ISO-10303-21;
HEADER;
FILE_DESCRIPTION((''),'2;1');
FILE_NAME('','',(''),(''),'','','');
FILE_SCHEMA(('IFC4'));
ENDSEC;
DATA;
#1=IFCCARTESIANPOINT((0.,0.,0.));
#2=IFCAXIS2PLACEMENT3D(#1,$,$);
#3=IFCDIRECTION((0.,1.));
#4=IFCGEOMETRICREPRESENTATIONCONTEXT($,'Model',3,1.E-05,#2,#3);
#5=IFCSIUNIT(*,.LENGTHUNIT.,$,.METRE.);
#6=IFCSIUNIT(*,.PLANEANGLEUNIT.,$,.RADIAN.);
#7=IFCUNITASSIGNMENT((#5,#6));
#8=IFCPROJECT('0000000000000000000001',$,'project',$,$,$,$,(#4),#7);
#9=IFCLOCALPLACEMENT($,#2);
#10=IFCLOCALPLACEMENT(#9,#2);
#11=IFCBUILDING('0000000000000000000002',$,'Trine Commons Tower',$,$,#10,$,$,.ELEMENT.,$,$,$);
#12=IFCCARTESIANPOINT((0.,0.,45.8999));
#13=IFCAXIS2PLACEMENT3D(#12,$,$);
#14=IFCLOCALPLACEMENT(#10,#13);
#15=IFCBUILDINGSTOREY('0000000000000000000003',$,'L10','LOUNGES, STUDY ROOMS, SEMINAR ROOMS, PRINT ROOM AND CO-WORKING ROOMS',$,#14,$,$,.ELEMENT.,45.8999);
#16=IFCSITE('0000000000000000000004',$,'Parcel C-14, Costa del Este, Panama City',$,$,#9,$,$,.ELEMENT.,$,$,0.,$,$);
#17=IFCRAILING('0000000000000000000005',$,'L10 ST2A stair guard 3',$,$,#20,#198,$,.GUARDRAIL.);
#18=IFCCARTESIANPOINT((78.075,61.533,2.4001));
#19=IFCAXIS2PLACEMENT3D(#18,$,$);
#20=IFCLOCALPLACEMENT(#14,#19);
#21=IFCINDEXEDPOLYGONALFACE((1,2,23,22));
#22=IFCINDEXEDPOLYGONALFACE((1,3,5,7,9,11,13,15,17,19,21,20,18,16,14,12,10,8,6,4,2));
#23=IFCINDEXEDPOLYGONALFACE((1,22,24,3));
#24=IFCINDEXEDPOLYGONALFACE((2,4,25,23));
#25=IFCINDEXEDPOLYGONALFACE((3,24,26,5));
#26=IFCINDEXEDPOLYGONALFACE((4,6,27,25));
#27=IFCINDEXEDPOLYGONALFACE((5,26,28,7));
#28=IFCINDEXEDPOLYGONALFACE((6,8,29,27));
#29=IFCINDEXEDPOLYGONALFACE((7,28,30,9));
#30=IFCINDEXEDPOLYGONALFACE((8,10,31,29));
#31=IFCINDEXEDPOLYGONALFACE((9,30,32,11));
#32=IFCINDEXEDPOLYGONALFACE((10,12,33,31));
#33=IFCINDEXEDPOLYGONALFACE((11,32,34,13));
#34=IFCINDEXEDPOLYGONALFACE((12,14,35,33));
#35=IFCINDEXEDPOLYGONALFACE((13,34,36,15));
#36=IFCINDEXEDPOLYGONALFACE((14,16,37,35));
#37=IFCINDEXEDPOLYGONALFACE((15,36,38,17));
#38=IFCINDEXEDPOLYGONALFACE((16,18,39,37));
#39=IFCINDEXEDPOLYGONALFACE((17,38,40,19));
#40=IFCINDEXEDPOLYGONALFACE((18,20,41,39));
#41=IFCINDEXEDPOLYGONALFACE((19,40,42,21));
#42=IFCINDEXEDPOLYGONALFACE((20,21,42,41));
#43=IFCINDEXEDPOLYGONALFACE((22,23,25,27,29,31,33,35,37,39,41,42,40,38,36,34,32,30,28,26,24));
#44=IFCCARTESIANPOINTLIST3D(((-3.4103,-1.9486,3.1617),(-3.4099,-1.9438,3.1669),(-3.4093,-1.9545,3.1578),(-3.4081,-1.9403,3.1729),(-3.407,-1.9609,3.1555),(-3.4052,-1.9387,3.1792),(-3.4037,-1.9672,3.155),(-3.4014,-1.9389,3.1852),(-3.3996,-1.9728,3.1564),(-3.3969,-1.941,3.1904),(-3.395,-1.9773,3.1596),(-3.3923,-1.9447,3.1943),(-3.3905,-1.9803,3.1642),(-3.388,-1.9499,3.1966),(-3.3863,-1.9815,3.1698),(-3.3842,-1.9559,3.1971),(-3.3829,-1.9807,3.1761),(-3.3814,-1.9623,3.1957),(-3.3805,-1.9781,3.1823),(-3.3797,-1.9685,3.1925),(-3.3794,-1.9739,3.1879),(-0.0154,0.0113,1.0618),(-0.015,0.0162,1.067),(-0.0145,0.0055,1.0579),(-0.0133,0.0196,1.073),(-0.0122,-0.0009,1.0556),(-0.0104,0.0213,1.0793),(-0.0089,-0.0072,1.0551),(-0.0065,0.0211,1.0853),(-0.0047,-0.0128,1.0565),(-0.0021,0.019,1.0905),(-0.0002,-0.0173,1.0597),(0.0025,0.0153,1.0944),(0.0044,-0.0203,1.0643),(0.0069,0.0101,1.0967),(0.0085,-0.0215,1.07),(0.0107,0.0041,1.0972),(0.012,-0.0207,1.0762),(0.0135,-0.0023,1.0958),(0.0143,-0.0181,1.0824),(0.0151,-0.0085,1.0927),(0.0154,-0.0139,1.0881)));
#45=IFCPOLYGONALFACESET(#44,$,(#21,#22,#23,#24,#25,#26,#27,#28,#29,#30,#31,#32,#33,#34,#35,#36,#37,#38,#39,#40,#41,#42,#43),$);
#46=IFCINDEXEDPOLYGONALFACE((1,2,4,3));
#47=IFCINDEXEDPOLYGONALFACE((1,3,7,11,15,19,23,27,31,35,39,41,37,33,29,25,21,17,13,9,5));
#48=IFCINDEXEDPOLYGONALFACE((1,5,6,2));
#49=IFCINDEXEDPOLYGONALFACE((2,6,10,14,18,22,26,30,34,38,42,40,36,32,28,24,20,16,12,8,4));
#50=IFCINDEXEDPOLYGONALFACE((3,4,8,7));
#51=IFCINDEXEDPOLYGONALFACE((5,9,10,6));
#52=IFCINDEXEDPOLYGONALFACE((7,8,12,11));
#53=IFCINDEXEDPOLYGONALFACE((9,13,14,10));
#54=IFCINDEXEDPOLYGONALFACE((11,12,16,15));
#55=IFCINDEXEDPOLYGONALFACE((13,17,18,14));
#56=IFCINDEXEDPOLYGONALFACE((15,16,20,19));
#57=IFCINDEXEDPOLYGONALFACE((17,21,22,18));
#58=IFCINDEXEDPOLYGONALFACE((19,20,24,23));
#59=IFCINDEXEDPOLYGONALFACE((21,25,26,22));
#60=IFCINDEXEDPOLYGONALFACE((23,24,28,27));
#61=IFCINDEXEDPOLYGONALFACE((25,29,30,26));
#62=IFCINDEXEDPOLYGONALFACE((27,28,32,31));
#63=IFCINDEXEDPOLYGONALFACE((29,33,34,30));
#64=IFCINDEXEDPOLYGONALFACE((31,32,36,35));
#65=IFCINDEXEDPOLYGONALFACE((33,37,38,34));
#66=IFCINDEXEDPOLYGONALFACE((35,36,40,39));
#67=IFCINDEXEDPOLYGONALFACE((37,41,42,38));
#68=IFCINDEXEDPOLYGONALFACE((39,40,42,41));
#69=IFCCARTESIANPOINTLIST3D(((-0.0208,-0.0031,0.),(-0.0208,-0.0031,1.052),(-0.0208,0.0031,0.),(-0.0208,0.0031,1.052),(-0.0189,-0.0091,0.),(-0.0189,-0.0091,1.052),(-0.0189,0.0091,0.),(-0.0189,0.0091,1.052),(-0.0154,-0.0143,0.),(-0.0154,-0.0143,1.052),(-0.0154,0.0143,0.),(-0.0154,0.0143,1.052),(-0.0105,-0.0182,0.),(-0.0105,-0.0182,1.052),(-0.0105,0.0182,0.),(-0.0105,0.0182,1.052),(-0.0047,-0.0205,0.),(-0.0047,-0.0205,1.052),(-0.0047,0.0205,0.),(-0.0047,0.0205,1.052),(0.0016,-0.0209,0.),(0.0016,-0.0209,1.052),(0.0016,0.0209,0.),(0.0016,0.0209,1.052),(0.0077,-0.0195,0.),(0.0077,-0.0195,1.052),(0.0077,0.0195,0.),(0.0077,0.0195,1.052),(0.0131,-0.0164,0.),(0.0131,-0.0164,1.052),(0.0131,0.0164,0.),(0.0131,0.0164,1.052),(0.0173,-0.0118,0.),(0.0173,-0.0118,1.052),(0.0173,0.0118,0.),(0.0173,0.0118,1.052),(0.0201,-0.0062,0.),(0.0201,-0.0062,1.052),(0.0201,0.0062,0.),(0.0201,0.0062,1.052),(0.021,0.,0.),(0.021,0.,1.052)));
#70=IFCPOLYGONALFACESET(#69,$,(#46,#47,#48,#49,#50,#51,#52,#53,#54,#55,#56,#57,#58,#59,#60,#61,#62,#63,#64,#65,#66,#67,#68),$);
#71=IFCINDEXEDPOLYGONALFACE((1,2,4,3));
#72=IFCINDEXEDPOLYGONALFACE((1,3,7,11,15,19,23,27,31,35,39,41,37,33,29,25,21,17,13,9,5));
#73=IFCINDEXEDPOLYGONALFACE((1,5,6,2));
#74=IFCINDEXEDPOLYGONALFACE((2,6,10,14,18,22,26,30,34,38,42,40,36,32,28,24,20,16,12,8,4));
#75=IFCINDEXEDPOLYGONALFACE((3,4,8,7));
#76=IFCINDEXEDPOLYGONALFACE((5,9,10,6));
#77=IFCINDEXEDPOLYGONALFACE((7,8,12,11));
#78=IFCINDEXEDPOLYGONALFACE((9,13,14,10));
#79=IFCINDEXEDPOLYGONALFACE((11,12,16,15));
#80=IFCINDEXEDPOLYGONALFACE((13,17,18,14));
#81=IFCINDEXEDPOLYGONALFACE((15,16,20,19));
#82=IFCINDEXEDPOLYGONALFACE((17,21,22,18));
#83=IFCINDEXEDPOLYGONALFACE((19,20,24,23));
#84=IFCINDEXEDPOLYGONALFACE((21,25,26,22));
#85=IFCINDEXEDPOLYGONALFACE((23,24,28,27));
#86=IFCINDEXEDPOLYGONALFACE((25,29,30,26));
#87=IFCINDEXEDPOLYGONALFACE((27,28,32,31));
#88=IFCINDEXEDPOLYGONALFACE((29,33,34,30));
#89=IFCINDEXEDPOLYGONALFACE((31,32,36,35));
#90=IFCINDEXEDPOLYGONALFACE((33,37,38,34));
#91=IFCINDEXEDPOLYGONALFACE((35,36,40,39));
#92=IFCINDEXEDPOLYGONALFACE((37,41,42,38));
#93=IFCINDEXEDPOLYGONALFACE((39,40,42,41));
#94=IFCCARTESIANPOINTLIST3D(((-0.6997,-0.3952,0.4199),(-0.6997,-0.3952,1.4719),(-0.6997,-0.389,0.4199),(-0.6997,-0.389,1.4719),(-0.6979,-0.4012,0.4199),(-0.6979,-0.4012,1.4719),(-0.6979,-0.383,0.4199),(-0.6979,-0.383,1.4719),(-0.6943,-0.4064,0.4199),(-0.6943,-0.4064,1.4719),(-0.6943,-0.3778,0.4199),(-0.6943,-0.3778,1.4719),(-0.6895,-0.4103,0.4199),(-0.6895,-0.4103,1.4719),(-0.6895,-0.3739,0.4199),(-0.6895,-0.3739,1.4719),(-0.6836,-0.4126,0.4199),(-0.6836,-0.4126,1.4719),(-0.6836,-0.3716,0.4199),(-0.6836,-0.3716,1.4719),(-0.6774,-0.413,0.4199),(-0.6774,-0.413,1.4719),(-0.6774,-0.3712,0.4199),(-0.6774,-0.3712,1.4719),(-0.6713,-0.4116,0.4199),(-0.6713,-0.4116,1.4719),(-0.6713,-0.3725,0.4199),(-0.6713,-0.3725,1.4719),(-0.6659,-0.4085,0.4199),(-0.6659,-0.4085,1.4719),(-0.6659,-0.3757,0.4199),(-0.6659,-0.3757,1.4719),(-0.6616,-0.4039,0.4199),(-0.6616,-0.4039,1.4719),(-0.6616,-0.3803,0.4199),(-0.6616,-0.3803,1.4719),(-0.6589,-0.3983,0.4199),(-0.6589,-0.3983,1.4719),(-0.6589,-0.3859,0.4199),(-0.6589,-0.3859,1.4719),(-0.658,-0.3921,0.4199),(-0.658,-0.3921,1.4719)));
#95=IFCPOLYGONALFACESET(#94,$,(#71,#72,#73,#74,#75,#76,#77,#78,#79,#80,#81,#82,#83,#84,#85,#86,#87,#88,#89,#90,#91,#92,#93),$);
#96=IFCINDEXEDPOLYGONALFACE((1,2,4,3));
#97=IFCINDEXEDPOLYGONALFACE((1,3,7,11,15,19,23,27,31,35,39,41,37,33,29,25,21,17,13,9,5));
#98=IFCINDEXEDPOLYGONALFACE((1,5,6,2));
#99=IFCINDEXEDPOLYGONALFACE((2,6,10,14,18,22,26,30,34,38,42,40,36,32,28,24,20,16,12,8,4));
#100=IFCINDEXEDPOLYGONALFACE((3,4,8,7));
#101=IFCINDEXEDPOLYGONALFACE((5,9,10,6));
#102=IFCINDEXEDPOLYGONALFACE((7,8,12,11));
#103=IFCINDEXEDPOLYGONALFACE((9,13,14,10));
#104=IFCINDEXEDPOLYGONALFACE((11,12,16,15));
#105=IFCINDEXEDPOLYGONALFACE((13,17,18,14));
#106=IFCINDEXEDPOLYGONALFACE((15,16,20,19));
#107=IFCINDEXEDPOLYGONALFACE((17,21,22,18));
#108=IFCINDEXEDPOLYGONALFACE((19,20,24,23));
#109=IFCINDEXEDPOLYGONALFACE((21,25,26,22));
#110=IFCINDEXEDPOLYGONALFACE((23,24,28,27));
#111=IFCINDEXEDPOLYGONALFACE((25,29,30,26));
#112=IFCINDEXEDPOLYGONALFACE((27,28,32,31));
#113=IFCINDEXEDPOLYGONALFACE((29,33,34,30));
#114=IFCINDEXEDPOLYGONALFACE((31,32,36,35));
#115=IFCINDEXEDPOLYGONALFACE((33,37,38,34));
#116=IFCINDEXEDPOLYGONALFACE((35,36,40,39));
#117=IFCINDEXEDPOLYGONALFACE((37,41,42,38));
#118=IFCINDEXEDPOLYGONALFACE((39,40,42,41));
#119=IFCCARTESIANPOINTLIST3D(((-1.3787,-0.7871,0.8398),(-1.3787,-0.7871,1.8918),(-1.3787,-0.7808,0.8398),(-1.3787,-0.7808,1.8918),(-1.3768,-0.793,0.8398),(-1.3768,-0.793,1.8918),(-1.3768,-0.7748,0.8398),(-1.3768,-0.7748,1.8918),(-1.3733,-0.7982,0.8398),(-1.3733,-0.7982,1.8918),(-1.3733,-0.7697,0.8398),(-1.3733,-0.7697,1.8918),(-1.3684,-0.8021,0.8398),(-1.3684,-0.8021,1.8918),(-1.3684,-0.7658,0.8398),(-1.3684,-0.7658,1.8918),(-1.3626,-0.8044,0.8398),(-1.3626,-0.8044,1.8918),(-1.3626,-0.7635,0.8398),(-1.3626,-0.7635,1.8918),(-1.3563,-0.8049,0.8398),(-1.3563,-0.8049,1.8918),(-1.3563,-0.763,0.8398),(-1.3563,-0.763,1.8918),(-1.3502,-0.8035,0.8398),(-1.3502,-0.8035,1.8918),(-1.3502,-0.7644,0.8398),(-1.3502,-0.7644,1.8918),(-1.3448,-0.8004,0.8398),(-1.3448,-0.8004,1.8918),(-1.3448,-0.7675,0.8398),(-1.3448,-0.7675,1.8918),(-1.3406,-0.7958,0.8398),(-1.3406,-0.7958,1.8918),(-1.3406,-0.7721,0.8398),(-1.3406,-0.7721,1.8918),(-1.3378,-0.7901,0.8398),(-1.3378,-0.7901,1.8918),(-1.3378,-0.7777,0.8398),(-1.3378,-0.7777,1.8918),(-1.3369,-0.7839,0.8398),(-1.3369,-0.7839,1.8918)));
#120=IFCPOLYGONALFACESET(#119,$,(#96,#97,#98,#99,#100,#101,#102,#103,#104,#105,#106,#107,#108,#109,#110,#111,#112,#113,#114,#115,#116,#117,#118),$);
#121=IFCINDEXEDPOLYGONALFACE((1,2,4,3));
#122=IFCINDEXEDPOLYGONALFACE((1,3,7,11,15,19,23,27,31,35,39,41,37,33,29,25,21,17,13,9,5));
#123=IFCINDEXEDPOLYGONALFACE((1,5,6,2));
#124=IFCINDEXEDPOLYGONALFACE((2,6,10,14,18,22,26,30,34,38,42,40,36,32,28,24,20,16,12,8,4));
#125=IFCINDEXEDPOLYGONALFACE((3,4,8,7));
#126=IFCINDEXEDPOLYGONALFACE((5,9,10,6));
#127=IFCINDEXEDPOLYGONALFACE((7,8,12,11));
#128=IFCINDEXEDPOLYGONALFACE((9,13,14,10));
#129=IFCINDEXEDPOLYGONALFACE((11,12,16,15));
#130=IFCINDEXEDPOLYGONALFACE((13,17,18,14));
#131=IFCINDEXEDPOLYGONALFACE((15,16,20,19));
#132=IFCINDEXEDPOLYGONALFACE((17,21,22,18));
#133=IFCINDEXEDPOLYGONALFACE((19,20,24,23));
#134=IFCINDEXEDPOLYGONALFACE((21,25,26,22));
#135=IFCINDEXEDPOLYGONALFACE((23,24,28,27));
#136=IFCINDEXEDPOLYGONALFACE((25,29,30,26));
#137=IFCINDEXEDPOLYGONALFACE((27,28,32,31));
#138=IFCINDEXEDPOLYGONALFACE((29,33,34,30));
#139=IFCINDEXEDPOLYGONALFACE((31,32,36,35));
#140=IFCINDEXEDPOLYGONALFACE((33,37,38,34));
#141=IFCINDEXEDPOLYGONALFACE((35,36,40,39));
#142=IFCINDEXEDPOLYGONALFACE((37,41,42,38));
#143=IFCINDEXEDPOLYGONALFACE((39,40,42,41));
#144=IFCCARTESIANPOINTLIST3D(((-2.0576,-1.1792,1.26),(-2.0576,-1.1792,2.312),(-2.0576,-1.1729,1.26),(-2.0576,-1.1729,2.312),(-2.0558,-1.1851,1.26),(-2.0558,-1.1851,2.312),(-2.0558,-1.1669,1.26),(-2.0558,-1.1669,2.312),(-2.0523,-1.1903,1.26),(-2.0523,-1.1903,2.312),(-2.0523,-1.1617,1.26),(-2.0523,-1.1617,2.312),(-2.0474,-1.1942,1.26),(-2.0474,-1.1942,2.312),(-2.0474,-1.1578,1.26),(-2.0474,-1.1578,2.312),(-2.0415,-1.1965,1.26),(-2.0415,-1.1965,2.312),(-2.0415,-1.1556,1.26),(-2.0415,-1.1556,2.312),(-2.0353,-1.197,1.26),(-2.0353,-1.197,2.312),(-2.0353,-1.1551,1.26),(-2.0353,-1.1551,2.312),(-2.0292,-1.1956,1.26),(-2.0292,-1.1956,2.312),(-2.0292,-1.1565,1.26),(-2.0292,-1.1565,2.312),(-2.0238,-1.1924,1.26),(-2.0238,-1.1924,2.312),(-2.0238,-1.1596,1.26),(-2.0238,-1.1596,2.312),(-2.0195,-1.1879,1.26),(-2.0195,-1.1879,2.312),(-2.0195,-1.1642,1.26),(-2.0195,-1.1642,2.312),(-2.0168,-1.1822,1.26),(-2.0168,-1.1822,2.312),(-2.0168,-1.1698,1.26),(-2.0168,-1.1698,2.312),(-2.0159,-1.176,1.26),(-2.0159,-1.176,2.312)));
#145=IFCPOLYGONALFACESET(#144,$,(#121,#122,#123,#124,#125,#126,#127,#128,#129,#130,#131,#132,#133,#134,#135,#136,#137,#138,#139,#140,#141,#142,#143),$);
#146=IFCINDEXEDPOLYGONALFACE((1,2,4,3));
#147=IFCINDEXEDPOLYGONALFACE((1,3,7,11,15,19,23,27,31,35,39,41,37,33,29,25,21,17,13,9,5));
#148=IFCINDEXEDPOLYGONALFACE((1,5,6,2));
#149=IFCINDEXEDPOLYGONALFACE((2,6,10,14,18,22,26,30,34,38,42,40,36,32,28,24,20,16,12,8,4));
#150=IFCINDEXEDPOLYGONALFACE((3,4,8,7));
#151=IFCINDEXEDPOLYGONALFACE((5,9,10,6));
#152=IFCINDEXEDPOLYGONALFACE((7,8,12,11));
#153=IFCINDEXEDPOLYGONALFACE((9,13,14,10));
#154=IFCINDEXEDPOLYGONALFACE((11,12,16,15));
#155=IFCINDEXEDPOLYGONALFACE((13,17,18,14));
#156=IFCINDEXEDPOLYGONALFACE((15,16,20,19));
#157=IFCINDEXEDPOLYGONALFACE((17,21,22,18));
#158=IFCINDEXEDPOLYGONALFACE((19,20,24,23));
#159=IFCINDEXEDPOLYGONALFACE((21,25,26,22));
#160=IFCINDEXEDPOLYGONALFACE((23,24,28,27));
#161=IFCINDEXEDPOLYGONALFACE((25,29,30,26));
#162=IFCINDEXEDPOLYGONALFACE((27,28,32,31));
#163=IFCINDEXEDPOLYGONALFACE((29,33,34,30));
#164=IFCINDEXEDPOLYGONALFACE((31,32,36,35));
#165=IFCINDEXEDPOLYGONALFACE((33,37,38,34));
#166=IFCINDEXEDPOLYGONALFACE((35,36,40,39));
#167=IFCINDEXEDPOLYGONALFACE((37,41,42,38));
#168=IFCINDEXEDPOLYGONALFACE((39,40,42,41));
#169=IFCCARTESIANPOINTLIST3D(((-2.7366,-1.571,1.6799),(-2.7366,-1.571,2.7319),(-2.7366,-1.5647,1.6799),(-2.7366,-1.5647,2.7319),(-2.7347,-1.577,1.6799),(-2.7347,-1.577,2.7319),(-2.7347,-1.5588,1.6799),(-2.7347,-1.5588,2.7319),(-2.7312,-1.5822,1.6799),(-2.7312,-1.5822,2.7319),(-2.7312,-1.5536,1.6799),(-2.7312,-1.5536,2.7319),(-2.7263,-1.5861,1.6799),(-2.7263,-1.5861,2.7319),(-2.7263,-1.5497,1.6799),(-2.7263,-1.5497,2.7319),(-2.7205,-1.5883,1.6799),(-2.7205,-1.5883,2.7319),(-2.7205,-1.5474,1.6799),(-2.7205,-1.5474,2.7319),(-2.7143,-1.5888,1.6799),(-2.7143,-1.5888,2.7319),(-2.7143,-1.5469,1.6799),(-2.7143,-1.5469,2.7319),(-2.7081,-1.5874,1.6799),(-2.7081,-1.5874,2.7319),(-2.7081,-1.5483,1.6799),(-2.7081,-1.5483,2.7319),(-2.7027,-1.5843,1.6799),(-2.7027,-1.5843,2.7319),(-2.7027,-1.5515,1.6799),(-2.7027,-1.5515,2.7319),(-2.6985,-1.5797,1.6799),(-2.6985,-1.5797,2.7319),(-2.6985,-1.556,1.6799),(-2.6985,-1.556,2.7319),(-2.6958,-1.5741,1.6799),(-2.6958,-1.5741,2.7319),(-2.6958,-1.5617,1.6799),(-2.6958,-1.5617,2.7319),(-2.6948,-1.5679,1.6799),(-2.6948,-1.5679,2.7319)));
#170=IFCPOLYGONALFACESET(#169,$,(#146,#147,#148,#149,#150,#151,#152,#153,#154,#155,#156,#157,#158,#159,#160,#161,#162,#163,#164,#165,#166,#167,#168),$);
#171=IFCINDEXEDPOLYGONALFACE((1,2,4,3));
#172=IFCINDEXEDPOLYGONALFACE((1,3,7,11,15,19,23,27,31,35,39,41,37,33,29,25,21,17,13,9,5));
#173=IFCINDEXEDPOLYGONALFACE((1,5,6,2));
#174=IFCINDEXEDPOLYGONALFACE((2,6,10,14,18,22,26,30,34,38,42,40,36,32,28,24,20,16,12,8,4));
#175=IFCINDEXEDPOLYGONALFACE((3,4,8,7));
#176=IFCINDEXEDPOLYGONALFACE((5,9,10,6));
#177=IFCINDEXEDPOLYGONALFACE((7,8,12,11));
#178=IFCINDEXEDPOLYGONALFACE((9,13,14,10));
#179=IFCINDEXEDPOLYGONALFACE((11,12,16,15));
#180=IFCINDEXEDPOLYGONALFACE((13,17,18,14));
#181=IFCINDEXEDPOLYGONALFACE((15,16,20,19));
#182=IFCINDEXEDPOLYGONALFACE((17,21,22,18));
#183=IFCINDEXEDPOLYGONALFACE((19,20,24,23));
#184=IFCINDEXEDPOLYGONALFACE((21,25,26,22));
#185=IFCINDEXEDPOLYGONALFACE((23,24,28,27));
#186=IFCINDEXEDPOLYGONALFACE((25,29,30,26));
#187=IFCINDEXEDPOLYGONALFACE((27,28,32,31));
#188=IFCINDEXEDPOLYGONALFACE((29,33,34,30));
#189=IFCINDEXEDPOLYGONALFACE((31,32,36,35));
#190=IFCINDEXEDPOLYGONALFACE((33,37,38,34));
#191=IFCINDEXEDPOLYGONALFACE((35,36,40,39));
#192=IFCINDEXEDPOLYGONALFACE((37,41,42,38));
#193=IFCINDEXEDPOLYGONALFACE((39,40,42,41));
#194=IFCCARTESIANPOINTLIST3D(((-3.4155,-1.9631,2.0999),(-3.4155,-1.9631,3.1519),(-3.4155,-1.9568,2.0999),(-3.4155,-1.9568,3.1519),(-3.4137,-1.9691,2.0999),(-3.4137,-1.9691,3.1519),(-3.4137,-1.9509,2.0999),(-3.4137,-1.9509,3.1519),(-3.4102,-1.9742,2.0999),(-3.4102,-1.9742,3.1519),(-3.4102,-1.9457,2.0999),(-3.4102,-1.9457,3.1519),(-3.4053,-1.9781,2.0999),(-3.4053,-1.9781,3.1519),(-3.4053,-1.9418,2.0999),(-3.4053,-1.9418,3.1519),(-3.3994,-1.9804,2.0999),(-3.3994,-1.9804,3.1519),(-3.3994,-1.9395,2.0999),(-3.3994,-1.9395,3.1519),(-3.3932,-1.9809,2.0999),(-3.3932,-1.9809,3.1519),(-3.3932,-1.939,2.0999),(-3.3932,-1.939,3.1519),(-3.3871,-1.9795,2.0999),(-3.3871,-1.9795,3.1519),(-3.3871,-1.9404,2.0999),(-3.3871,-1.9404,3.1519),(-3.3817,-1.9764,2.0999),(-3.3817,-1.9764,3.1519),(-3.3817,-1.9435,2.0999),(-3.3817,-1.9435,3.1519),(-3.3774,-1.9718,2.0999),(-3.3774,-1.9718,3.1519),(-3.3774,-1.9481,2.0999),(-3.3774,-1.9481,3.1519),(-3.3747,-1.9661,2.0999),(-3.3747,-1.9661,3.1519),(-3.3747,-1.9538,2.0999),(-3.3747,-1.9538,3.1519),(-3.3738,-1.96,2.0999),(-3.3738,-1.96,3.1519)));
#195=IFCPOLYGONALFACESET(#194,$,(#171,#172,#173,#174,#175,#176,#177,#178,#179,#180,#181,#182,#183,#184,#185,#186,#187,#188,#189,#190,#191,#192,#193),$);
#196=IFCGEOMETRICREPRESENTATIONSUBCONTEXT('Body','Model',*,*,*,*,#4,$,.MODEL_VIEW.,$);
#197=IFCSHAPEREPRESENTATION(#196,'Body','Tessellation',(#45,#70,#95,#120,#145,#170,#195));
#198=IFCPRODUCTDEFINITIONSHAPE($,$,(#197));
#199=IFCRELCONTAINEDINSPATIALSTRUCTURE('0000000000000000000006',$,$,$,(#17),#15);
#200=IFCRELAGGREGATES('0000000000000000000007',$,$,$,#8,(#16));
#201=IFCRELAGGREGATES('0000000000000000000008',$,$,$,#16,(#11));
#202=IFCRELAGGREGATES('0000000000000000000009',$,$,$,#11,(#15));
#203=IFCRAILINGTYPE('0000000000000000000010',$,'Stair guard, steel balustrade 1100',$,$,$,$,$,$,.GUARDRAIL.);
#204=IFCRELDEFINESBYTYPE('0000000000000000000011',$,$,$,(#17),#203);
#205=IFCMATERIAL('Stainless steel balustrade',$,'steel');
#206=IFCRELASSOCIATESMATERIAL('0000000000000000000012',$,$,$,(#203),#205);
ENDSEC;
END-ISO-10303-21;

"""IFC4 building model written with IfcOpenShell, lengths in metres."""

from ifc_helpers import new_model, si_unit, direction, frame, origin, origin_2d, place, context, subcontext, project, spatial, circle, extrude, material, type_object, element, save


model = new_model("IFC4")

# Units and contexts
model_context = context("Model", 3, precision=1e-05, world=origin(), true_north=direction((0.0, 1.0)))
body_context = subcontext(model_context, "Body", "Model", "MODEL_VIEW")
ifc_project = project(units=[si_unit("LENGTHUNIT", "METRE"), si_unit("PLANEANGLEUNIT", "RADIAN")], contexts=[model_context])

# Site, building, storey
site_placement = place(None, origin())
site = spatial("IfcSite", under=ifc_project, at=site_placement, Name="Parcel C-14, Costa del Este, Panama City", CompositionType="ELEMENT", RefElevation=0.0)
building_placement = place(site_placement, origin())
building = spatial("IfcBuilding", under=site, at=building_placement, Name="Trine Commons Tower", CompositionType="ELEMENT")
storey_placement = place(building_placement, frame((0.0, 0.0, 45.8999)))
storey = spatial("IfcBuildingStorey", under=building, at=storey_placement, Name="L10", Description="LOUNGES, STUDY ROOMS, SEMINAR ROOMS, PRINT ROOM AND CO-WORKING ROOMS", CompositionType="ELEMENT", Elevation=45.8999)

# Railing
ifc_material_1 = material(Name="Stainless steel balustrade", Category="steel")
railing_type_1 = type_object("IfcRailingType", Name="Stair guard, steel balustrade 1100", PredefinedType="GUARDRAIL", material=ifc_material_1)
railing_1_placement = place(storey_placement, frame((78.075, 61.533, 2.4001)))
element("IfcRailing", 1, at=railing_1_placement, inside=storey, type_object=railing_type_1, Name="L10 ST2A stair guard 3", PredefinedType="GUARDRAIL", context=body_context, shape_type="SweptSolid", body=[
    extrude(circle(Radius=0.0239, at=origin_2d()), frame((0.0, 0.0, 1.0762), z_axis=(-0.763395, -0.440743, 0.472201), x_axis=(0.499997, -0.866027, 0.0)), (0.0, 0.0, 1.0), 4.447),
    extrude(circle(Radius=0.021, at=origin_2d()), origin(), (0.0, 0.0, 1.0), 1.052),
    extrude(circle(Radius=0.021, at=origin_2d()), frame((-0.679, -0.3921, 0.4199)), (0.0, 0.0, 1.0), 1.052),
    extrude(circle(Radius=0.021, at=origin_2d()), frame((-1.3579, -0.7839, 0.8398)), (0.0, 0.0, 1.0), 1.052),
    extrude(circle(Radius=0.021, at=origin_2d()), frame((-2.0369, -1.176, 1.26)), (0.0, 0.0, 1.0), 1.052),
    extrude(circle(Radius=0.021, at=origin_2d()), frame((-2.7158, -1.5679, 1.6799)), (0.0, 0.0, 1.0), 1.052),
    extrude(circle(Radius=0.021, at=origin_2d()), frame((-3.3948, -1.96, 2.0999)), (0.0, 0.0, 1.0), 1.052),
])

save(model, "model.ifc")
